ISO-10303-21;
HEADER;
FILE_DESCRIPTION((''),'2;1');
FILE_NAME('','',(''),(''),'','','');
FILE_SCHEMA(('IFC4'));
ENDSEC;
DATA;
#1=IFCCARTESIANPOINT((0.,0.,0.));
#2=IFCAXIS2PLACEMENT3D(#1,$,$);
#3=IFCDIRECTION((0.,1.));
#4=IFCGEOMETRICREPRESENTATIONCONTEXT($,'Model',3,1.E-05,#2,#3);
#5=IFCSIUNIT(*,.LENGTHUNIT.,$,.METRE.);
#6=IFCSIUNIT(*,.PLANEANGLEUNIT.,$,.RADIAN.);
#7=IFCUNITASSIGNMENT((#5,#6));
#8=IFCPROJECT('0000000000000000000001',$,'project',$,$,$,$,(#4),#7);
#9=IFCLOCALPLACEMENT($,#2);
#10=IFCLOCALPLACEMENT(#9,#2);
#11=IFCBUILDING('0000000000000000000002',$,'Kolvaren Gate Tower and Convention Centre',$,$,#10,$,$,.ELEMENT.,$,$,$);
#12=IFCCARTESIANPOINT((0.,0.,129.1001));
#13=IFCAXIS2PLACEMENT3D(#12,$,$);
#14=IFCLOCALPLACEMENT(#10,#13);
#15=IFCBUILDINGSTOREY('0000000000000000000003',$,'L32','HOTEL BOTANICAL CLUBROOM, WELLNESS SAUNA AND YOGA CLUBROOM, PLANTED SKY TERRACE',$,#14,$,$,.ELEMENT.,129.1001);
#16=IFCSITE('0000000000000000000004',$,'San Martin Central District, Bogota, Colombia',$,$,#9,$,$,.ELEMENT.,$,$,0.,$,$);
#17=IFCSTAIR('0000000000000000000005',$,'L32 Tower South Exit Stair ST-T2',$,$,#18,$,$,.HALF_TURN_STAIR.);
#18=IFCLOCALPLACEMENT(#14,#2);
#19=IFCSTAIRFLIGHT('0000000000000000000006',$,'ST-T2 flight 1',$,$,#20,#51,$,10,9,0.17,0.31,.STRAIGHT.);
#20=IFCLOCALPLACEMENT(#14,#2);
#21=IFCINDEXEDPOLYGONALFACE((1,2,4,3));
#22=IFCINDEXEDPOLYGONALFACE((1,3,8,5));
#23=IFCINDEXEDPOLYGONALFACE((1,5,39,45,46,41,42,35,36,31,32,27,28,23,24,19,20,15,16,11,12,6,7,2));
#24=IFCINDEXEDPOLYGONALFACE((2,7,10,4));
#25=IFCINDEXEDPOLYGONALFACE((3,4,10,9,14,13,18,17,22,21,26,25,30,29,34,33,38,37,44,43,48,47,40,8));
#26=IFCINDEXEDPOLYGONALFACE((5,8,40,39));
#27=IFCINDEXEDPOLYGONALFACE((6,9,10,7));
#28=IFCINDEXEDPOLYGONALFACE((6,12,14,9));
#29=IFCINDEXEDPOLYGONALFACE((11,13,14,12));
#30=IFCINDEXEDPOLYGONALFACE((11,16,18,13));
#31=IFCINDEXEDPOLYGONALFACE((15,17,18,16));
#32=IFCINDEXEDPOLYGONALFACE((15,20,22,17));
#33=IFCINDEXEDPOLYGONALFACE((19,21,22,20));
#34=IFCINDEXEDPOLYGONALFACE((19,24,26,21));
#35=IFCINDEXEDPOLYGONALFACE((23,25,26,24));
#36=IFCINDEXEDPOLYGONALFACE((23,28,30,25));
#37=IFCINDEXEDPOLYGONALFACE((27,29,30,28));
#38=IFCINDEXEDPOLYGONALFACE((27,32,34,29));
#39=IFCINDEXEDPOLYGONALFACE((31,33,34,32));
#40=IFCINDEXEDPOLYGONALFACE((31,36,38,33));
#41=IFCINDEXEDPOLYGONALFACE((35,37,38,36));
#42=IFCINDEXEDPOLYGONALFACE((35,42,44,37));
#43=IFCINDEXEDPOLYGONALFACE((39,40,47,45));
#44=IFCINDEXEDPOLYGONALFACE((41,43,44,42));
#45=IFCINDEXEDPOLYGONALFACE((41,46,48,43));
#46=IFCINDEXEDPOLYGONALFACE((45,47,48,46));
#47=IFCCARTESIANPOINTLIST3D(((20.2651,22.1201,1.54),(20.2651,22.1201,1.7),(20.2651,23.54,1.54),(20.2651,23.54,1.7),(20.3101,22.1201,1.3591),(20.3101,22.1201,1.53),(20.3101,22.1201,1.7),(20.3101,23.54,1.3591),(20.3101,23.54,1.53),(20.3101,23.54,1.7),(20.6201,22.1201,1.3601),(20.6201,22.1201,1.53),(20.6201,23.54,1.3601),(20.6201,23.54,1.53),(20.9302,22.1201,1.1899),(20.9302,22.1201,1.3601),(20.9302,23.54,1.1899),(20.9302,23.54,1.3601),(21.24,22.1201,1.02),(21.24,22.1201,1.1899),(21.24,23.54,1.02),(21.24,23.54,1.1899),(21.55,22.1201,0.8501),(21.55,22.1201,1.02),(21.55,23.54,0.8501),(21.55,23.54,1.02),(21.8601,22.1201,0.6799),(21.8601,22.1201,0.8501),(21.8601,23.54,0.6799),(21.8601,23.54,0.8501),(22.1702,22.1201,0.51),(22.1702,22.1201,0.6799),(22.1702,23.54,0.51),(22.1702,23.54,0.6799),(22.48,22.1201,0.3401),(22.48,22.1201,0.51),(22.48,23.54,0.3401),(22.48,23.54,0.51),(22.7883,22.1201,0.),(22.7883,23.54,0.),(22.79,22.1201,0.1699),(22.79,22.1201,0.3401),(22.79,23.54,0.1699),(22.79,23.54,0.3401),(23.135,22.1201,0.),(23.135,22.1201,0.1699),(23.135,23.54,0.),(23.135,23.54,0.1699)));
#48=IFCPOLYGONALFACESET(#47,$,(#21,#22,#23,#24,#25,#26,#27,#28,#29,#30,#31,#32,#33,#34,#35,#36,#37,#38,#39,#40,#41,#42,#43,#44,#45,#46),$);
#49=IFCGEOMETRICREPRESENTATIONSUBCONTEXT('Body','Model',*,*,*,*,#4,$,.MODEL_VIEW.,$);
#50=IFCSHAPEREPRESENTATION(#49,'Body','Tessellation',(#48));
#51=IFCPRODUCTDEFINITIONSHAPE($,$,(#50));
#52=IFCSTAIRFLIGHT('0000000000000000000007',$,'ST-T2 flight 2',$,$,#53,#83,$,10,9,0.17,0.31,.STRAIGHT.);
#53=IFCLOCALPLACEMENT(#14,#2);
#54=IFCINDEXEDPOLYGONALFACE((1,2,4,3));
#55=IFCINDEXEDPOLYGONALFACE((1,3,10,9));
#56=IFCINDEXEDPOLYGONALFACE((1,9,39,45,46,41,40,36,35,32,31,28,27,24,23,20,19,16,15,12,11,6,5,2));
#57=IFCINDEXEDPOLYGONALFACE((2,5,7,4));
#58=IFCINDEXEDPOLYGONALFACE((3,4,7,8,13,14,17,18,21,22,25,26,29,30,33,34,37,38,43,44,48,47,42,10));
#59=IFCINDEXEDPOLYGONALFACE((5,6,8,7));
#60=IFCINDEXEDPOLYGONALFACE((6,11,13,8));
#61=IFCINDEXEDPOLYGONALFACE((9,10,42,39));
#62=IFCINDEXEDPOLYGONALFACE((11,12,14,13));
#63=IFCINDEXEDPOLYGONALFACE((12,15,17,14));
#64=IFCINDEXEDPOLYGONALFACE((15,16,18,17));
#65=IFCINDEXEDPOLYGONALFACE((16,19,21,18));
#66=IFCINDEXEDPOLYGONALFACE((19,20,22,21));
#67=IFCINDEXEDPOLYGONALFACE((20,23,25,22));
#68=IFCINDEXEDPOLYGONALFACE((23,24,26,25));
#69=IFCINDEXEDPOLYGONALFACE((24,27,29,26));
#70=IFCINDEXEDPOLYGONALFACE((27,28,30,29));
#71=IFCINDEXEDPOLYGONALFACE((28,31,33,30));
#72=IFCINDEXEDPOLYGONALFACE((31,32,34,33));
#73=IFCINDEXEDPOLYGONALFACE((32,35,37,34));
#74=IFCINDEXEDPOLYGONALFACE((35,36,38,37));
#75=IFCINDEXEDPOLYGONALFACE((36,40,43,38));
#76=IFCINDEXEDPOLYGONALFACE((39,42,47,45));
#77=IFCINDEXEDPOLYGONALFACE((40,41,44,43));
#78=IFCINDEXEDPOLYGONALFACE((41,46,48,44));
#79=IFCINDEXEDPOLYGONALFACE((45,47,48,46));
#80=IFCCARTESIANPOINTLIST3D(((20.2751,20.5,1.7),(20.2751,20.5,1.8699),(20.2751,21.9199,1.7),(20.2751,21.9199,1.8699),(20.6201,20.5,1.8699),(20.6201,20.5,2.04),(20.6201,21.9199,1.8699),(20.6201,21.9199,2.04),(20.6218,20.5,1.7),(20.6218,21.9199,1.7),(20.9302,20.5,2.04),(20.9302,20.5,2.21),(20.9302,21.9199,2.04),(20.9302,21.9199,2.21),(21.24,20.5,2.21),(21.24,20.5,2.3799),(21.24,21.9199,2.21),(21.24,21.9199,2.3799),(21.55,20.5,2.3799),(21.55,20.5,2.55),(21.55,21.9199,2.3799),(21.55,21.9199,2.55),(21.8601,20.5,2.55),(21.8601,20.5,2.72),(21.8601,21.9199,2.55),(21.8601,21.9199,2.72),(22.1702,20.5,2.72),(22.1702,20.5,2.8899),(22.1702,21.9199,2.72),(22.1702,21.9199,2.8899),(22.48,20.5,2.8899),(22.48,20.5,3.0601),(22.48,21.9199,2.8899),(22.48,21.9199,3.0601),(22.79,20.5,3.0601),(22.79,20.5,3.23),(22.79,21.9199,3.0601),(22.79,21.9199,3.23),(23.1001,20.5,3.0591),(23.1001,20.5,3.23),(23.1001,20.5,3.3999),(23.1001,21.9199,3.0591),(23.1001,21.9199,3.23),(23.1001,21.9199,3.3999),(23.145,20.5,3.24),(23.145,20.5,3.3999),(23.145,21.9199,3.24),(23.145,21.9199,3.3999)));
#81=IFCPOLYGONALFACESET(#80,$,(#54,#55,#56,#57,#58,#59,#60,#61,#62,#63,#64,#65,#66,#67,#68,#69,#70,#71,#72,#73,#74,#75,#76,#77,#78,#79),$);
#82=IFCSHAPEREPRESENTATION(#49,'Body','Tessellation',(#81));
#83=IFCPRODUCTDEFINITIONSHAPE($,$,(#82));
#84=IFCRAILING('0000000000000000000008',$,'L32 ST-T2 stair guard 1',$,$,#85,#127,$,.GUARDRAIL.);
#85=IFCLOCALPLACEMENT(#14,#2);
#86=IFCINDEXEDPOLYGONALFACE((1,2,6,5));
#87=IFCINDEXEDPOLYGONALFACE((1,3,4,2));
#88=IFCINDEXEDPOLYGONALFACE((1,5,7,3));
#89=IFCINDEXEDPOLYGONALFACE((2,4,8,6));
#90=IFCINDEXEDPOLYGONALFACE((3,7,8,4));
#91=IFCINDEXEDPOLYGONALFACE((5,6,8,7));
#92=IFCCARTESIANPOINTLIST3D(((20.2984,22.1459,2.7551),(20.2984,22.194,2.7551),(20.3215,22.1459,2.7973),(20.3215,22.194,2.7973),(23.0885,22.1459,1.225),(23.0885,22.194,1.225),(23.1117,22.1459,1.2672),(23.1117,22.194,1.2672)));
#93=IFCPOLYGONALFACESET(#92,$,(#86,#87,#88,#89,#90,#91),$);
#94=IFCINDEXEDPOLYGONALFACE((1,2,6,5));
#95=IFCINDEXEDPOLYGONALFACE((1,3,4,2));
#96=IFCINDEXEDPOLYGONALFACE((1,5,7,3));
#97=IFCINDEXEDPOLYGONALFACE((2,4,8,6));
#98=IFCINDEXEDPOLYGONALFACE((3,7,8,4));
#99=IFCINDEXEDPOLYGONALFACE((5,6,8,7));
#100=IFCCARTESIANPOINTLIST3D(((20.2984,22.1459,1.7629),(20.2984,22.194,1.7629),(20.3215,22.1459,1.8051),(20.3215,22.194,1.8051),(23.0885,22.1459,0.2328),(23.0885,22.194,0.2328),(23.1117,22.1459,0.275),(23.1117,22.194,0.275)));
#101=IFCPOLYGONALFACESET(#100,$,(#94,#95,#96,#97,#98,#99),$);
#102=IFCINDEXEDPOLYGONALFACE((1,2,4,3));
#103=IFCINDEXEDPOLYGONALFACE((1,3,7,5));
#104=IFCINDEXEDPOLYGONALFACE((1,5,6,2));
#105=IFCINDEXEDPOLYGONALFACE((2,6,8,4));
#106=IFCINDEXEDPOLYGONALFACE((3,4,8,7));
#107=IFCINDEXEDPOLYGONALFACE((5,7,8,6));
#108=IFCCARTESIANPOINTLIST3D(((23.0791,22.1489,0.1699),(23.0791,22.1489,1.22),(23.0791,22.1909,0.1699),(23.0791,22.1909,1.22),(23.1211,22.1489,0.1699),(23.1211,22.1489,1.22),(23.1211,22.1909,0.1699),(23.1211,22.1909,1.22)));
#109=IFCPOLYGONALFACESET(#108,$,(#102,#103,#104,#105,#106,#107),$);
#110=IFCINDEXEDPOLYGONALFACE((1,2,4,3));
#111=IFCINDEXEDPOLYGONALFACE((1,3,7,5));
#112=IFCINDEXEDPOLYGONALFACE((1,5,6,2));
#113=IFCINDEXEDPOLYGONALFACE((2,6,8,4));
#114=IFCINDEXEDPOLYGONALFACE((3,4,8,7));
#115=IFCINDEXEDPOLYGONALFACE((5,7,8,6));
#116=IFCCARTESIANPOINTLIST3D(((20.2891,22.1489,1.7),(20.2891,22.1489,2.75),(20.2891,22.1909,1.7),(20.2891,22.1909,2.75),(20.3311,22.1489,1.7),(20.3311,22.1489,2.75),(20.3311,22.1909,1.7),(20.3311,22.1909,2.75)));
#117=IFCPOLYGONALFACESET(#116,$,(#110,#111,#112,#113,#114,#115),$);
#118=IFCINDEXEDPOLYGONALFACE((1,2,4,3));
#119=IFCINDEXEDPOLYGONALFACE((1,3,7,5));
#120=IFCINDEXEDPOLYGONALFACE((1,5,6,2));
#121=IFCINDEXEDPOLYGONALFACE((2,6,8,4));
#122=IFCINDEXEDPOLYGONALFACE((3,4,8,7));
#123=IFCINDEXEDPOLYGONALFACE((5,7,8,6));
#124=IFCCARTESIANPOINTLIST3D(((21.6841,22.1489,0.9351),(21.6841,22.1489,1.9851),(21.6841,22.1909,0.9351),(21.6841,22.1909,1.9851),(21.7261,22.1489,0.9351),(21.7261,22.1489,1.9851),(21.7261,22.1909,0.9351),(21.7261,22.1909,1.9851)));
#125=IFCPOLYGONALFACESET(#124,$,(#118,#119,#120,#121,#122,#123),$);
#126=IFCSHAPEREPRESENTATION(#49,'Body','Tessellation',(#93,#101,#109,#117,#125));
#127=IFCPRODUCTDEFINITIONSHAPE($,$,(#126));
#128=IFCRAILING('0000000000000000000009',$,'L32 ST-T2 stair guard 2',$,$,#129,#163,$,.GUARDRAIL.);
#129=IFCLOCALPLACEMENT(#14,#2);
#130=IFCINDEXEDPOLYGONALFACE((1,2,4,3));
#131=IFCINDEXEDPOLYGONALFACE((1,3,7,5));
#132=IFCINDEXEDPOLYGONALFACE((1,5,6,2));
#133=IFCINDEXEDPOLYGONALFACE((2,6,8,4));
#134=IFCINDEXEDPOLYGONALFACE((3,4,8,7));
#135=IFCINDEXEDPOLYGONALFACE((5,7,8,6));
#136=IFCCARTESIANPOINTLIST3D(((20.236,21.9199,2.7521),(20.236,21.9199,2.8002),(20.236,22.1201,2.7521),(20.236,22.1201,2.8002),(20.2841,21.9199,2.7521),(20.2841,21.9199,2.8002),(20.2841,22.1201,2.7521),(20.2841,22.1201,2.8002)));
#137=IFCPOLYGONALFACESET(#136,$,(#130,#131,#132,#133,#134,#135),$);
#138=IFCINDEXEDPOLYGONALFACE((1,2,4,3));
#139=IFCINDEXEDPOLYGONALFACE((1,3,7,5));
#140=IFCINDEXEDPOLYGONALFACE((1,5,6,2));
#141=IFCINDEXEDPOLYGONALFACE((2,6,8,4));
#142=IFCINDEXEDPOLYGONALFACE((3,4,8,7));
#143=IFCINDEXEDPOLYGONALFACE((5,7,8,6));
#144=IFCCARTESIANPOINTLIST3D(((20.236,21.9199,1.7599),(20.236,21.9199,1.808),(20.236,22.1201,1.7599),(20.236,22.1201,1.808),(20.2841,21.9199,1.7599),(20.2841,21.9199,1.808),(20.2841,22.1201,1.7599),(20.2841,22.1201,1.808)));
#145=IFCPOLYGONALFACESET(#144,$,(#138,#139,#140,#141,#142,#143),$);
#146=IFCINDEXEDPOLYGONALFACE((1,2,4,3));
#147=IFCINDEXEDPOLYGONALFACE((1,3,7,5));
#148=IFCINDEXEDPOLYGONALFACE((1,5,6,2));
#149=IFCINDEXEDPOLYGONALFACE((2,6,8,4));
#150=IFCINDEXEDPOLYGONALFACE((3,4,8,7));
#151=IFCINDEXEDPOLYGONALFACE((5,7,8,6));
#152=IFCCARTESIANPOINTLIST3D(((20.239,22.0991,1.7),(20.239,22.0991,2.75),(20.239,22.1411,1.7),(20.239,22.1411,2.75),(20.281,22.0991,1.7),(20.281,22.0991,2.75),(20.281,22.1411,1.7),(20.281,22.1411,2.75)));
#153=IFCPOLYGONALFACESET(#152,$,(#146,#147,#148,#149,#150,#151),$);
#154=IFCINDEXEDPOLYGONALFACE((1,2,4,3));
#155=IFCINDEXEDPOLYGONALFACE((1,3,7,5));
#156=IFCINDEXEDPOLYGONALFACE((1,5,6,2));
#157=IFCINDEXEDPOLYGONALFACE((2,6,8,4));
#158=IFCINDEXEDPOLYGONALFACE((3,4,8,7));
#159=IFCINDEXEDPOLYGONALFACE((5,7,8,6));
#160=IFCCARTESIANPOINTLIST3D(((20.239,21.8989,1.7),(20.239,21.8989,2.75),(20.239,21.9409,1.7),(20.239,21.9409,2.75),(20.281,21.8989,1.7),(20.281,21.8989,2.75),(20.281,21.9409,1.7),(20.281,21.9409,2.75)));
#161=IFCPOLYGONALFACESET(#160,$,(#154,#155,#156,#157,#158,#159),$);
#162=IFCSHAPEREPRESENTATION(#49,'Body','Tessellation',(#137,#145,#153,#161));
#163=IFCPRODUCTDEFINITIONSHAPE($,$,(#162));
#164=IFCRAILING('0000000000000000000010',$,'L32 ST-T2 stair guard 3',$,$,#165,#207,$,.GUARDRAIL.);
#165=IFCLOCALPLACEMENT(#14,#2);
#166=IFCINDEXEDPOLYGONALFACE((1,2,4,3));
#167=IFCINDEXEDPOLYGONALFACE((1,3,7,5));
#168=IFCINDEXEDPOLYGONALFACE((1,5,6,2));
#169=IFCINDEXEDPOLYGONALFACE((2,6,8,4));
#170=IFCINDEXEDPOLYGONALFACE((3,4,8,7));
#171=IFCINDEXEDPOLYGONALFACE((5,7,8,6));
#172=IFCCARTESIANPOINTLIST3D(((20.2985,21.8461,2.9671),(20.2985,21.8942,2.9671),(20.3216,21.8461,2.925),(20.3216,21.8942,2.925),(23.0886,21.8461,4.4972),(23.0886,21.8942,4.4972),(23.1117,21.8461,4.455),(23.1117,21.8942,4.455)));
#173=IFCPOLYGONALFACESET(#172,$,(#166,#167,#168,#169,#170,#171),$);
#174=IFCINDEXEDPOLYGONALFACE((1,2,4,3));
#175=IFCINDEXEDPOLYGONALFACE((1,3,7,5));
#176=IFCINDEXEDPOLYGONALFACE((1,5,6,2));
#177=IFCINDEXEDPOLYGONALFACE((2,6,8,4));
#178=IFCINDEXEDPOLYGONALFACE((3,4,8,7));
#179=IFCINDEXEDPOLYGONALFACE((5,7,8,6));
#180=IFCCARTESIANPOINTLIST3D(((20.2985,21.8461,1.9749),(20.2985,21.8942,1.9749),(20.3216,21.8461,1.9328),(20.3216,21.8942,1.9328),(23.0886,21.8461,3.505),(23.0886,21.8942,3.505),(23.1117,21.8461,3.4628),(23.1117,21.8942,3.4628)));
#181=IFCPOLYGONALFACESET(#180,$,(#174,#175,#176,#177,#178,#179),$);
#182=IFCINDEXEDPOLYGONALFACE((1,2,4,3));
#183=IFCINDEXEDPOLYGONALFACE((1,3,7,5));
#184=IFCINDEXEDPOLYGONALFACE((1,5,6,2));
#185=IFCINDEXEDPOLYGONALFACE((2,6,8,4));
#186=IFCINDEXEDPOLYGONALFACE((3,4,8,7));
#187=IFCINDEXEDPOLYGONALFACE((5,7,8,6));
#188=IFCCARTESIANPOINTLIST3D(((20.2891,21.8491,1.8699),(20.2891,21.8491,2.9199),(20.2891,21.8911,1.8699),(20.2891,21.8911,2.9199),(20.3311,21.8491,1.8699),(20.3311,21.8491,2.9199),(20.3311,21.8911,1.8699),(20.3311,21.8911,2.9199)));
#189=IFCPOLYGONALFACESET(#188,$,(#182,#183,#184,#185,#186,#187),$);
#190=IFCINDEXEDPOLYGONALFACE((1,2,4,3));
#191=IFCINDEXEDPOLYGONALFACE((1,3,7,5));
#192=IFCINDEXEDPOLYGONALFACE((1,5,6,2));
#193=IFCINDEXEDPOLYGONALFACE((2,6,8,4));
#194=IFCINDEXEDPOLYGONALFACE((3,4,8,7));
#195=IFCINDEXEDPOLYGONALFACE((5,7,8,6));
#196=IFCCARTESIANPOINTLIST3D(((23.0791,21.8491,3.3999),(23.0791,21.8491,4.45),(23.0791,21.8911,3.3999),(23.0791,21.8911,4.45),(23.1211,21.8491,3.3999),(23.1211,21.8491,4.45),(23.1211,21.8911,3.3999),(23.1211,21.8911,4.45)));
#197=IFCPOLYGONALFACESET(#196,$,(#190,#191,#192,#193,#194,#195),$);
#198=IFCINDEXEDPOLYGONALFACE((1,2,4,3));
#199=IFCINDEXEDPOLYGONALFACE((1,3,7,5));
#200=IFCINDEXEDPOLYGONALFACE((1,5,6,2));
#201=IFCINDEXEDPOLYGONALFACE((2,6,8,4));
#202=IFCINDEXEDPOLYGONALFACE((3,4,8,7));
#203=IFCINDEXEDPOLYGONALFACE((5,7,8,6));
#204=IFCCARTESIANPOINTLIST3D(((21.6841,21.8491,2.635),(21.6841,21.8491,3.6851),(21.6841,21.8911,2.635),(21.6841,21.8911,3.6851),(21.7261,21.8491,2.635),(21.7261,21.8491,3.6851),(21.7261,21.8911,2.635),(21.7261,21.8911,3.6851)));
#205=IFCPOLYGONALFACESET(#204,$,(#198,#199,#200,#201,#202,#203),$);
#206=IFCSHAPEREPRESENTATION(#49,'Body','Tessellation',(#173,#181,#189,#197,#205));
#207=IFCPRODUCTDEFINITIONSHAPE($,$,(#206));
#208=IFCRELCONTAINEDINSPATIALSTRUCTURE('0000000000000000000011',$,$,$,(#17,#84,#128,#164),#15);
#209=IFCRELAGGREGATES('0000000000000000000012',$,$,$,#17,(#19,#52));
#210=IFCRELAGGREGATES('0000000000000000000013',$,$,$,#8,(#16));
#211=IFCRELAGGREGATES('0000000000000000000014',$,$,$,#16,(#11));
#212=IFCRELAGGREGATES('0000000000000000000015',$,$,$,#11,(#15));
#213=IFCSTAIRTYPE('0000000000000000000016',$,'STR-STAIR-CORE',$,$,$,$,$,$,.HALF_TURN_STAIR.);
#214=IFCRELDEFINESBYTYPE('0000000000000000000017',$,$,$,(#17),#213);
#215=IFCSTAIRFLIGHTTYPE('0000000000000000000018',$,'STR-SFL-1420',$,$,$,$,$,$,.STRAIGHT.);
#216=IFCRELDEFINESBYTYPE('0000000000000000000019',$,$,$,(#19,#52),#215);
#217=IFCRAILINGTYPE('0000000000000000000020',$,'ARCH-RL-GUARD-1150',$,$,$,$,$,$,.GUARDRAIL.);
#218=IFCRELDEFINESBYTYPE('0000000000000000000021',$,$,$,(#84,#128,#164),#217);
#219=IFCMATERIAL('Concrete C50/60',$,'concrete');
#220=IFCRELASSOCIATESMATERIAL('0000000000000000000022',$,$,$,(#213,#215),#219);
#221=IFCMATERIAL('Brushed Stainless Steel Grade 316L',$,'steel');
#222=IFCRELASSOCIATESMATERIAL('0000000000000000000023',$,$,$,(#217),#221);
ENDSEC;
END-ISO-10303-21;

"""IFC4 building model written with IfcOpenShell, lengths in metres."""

from ifc_helpers import new_model, si_unit, direction, frame, origin, origin_2d, place, context, subcontext, project, spatial, polyline, rectangle, outline, extrude, material, type_object, element, aggregate, save


model = new_model("IFC4")

# Units and contexts
model_context = context("Model", 3, precision=1e-05, world=origin(), true_north=direction((0.0, 1.0)))
body_context = subcontext(model_context, "Body", "Model", "MODEL_VIEW")
ifc_project = project(units=[si_unit("LENGTHUNIT", "METRE"), si_unit("PLANEANGLEUNIT", "RADIAN")], contexts=[model_context])

# Site, building, storey
site_placement = place(None, origin())
site = spatial("IfcSite", under=ifc_project, at=site_placement, Name="San Martin Central District, Bogota, Colombia", CompositionType="ELEMENT", RefElevation=0.0)
building_placement = place(site_placement, origin())
building = spatial("IfcBuilding", under=site, at=building_placement, Name="Kolvaren Gate Tower and Convention Centre", CompositionType="ELEMENT")
storey_placement = place(building_placement, frame((0.0, 0.0, 129.1001)))
storey = spatial("IfcBuildingStorey", under=building, at=storey_placement, Name="L32", Description="HOTEL BOTANICAL CLUBROOM, WELLNESS SAUNA AND YOGA CLUBROOM, PLANTED SKY TERRACE", CompositionType="ELEMENT", Elevation=129.1001)

# Shared definitions
ifc_material_1 = material(Name="Brushed Stainless Steel Grade 316L", Category="steel")

# Shared definitions
ifc_material_2 = material(Name="Concrete C50/60", Category="concrete")

# Stair, stair flights
stair_type = type_object("IfcStairType", Name="STR-STAIR-CORE", PredefinedType="HALF_TURN_STAIR", material=ifc_material_2)
stair_placement = place(storey_placement, origin())
stair = element("IfcStair", 1, at=stair_placement, inside=storey, type_object=stair_type, Name="L32 Tower South Exit Stair ST-T2", PredefinedType="HALF_TURN_STAIR")
stair_flight_type = type_object("IfcStairFlightType", Name="STR-SFL-1420", PredefinedType="STRAIGHT", material=ifc_material_2)
stair_flight_1_placement = place(storey_placement, frame((23.1001, 22.8301, 0.0), z_axis=(0.0, 0.0, 1.0), x_axis=(-1.0, 0.0, 0.0)))
stair_flight_1 = element("IfcStairFlight", 2, at=stair_flight_1_placement, type_object=stair_flight_type, Name="ST-T2 flight 1", NumberOfRisers=10, NumberOfTreads=9, PredefinedType="STRAIGHT", RiserHeight=0.17, TreadLength=0.31, context=body_context, shape_type="SweptSolid", body=[
    extrude(outline(polyline([(-0.0349, 0.0), (-0.0349, 0.1699), (0.3101, 0.1699), (0.3101, 0.3401), (0.6201, 0.3401), (0.6201, 0.51), (0.9299, 0.51), (0.9299, 0.6799), (1.24, 0.6799), (1.24, 0.8501), (1.55, 0.8501), (1.55, 1.02), (1.8601, 1.02), (1.8601, 1.1899), (2.1699, 1.1899), (2.1699, 1.3601), (2.48, 1.3601), (2.48, 1.53), (2.79, 1.53), (2.79, 1.7), (2.835, 1.7), (2.835, 1.54), (2.79, 1.3591), (0.3118, 0.0), (-0.0349, 0.0)])), frame((0.0, 0.71, 0.0), z_axis=(0.0, -1.0, 0.0), x_axis=(1.0, 0.0, 0.0)), (0.0, 0.0, 1.0), 1.4199),
])
stair_flight_2_placement = place(storey_placement, frame((20.3101, 21.21, 1.7), z_axis=(0.0, 0.0, 1.0), x_axis=(1.0, 0.0, 0.0)))
stair_flight_2 = element("IfcStairFlight", 3, at=stair_flight_2_placement, type_object=stair_flight_type, Name="ST-T2 flight 2", NumberOfRisers=10, NumberOfTreads=9, PredefinedType="STRAIGHT", RiserHeight=0.17, TreadLength=0.31, context=body_context, shape_type="SweptSolid", body=[
    extrude(outline(polyline([(-0.0349, 0.0), (-0.0349, 0.1699), (0.3101, 0.1699), (0.3101, 0.3401), (0.6201, 0.3401), (0.6201, 0.51), (0.9299, 0.51), (0.9299, 0.6799), (1.24, 0.6799), (1.24, 0.8501), (1.55, 0.8501), (1.55, 1.02), (1.8601, 1.02), (1.8601, 1.1899), (2.1699, 1.1899), (2.1699, 1.3601), (2.48, 1.3601), (2.48, 1.53), (2.79, 1.53), (2.79, 1.7), (2.835, 1.7), (2.835, 1.54), (2.79, 1.3591), (0.3118, 0.0), (-0.0349, 0.0)])), frame((0.0, 0.71, 0.0), z_axis=(0.0, -1.0, 0.0), x_axis=(1.0, 0.0, 0.0)), (0.0, 0.0, 1.0), 1.4199),
])
aggregate(stair, [stair_flight_1, stair_flight_2])

# Railings
railing_type_1 = type_object("IfcRailingType", Name="ARCH-RL-GUARD-1150", PredefinedType="GUARDRAIL", material=ifc_material_1)
railing_1_placement = place(storey_placement, frame((23.1001, 22.1699, 0.1699)))
element("IfcRailing", 4, at=railing_1_placement, inside=storey, type_object=railing_type_1, Name="L32 ST-T2 stair guard 1", PredefinedType="GUARDRAIL", context=body_context, shape_type="SweptSolid", body=[
    extrude(rectangle(XDim=0.0481, YDim=0.0481, at=origin_2d()), frame((0.0, 0.0, 1.0762), z_axis=(-0.876811, 0.0, 0.480835), x_axis=(0.0, -1.0, 0.0)), (0.0, 0.0, 1.0), 3.1821),
    extrude(rectangle(XDim=0.0481, YDim=0.0481, at=origin_2d()), frame((0.0, 0.0, 0.084), z_axis=(-0.876811, 0.0, 0.480835), x_axis=(0.0, -1.0, 0.0)), (0.0, 0.0, 1.0), 3.1821),
    extrude(rectangle(XDim=0.042, YDim=0.042, at=origin_2d()), origin(), (0.0, 0.0, 1.0), 1.05),
    extrude(rectangle(XDim=0.042, YDim=0.042, at=origin_2d()), frame((-2.79, 0.0, 1.53)), (0.0, 0.0, 1.0), 1.05),
    extrude(rectangle(XDim=0.042, YDim=0.042, at=origin_2d()), frame((-1.395, 0.0, 0.7651)), (0.0, 0.0, 1.0), 1.05),
])
railing_2_placement = place(storey_placement, frame((20.26, 22.1201, 1.7)))
element("IfcRailing", 5, at=railing_2_placement, inside=storey, type_object=railing_type_1, Name="L32 ST-T2 stair guard 2", PredefinedType="GUARDRAIL", context=body_context, shape_type="SweptSolid", body=[
    extrude(rectangle(XDim=0.0481, YDim=0.0481, at=origin_2d()), frame((0.0, 0.0, 1.0762), z_axis=(0.0, -1.0, 0.0), x_axis=(1.0, 0.0, 0.0)), (0.0, 0.0, 1.0), 0.2002),
    extrude(rectangle(XDim=0.0481, YDim=0.0481, at=origin_2d()), frame((0.0, 0.0, 0.084), z_axis=(0.0, -1.0, 0.0), x_axis=(1.0, 0.0, 0.0)), (0.0, 0.0, 1.0), 0.2002),
    extrude(rectangle(XDim=0.042, YDim=0.042, at=origin_2d()), origin(), (0.0, 0.0, 1.0), 1.05),
    extrude(rectangle(XDim=0.042, YDim=0.042, at=origin_2d()), frame((0.0, -0.2002, 0.0)), (0.0, 0.0, 1.0), 1.05),
])
railing_3_placement = place(storey_placement, frame((20.3101, 21.8701, 1.8699)))
element("IfcRailing", 6, at=railing_3_placement, inside=storey, type_object=railing_type_1, Name="L32 ST-T2 stair guard 3", PredefinedType="GUARDRAIL", context=body_context, shape_type="SweptSolid", body=[
    extrude(rectangle(XDim=0.0481, YDim=0.0481, at=origin_2d()), frame((0.0, 0.0, 1.0762), z_axis=(0.876811, 0.0, 0.480835), x_axis=(0.0, 1.0, 0.0)), (0.0, 0.0, 1.0), 3.1821),
    extrude(rectangle(XDim=0.0481, YDim=0.0481, at=origin_2d()), frame((0.0, 0.0, 0.084), z_axis=(0.876811, 0.0, 0.480835), x_axis=(0.0, 1.0, 0.0)), (0.0, 0.0, 1.0), 3.1821),
    extrude(rectangle(XDim=0.042, YDim=0.042, at=origin_2d()), origin(), (0.0, 0.0, 1.0), 1.05),
    extrude(rectangle(XDim=0.042, YDim=0.042, at=origin_2d()), frame((2.79, 0.0, 1.53)), (0.0, 0.0, 1.0), 1.05),
    extrude(rectangle(XDim=0.042, YDim=0.042, at=origin_2d()), frame((1.395, 0.0, 0.7651)), (0.0, 0.0, 1.0), 1.05),
])

save(model, "model.ifc")
